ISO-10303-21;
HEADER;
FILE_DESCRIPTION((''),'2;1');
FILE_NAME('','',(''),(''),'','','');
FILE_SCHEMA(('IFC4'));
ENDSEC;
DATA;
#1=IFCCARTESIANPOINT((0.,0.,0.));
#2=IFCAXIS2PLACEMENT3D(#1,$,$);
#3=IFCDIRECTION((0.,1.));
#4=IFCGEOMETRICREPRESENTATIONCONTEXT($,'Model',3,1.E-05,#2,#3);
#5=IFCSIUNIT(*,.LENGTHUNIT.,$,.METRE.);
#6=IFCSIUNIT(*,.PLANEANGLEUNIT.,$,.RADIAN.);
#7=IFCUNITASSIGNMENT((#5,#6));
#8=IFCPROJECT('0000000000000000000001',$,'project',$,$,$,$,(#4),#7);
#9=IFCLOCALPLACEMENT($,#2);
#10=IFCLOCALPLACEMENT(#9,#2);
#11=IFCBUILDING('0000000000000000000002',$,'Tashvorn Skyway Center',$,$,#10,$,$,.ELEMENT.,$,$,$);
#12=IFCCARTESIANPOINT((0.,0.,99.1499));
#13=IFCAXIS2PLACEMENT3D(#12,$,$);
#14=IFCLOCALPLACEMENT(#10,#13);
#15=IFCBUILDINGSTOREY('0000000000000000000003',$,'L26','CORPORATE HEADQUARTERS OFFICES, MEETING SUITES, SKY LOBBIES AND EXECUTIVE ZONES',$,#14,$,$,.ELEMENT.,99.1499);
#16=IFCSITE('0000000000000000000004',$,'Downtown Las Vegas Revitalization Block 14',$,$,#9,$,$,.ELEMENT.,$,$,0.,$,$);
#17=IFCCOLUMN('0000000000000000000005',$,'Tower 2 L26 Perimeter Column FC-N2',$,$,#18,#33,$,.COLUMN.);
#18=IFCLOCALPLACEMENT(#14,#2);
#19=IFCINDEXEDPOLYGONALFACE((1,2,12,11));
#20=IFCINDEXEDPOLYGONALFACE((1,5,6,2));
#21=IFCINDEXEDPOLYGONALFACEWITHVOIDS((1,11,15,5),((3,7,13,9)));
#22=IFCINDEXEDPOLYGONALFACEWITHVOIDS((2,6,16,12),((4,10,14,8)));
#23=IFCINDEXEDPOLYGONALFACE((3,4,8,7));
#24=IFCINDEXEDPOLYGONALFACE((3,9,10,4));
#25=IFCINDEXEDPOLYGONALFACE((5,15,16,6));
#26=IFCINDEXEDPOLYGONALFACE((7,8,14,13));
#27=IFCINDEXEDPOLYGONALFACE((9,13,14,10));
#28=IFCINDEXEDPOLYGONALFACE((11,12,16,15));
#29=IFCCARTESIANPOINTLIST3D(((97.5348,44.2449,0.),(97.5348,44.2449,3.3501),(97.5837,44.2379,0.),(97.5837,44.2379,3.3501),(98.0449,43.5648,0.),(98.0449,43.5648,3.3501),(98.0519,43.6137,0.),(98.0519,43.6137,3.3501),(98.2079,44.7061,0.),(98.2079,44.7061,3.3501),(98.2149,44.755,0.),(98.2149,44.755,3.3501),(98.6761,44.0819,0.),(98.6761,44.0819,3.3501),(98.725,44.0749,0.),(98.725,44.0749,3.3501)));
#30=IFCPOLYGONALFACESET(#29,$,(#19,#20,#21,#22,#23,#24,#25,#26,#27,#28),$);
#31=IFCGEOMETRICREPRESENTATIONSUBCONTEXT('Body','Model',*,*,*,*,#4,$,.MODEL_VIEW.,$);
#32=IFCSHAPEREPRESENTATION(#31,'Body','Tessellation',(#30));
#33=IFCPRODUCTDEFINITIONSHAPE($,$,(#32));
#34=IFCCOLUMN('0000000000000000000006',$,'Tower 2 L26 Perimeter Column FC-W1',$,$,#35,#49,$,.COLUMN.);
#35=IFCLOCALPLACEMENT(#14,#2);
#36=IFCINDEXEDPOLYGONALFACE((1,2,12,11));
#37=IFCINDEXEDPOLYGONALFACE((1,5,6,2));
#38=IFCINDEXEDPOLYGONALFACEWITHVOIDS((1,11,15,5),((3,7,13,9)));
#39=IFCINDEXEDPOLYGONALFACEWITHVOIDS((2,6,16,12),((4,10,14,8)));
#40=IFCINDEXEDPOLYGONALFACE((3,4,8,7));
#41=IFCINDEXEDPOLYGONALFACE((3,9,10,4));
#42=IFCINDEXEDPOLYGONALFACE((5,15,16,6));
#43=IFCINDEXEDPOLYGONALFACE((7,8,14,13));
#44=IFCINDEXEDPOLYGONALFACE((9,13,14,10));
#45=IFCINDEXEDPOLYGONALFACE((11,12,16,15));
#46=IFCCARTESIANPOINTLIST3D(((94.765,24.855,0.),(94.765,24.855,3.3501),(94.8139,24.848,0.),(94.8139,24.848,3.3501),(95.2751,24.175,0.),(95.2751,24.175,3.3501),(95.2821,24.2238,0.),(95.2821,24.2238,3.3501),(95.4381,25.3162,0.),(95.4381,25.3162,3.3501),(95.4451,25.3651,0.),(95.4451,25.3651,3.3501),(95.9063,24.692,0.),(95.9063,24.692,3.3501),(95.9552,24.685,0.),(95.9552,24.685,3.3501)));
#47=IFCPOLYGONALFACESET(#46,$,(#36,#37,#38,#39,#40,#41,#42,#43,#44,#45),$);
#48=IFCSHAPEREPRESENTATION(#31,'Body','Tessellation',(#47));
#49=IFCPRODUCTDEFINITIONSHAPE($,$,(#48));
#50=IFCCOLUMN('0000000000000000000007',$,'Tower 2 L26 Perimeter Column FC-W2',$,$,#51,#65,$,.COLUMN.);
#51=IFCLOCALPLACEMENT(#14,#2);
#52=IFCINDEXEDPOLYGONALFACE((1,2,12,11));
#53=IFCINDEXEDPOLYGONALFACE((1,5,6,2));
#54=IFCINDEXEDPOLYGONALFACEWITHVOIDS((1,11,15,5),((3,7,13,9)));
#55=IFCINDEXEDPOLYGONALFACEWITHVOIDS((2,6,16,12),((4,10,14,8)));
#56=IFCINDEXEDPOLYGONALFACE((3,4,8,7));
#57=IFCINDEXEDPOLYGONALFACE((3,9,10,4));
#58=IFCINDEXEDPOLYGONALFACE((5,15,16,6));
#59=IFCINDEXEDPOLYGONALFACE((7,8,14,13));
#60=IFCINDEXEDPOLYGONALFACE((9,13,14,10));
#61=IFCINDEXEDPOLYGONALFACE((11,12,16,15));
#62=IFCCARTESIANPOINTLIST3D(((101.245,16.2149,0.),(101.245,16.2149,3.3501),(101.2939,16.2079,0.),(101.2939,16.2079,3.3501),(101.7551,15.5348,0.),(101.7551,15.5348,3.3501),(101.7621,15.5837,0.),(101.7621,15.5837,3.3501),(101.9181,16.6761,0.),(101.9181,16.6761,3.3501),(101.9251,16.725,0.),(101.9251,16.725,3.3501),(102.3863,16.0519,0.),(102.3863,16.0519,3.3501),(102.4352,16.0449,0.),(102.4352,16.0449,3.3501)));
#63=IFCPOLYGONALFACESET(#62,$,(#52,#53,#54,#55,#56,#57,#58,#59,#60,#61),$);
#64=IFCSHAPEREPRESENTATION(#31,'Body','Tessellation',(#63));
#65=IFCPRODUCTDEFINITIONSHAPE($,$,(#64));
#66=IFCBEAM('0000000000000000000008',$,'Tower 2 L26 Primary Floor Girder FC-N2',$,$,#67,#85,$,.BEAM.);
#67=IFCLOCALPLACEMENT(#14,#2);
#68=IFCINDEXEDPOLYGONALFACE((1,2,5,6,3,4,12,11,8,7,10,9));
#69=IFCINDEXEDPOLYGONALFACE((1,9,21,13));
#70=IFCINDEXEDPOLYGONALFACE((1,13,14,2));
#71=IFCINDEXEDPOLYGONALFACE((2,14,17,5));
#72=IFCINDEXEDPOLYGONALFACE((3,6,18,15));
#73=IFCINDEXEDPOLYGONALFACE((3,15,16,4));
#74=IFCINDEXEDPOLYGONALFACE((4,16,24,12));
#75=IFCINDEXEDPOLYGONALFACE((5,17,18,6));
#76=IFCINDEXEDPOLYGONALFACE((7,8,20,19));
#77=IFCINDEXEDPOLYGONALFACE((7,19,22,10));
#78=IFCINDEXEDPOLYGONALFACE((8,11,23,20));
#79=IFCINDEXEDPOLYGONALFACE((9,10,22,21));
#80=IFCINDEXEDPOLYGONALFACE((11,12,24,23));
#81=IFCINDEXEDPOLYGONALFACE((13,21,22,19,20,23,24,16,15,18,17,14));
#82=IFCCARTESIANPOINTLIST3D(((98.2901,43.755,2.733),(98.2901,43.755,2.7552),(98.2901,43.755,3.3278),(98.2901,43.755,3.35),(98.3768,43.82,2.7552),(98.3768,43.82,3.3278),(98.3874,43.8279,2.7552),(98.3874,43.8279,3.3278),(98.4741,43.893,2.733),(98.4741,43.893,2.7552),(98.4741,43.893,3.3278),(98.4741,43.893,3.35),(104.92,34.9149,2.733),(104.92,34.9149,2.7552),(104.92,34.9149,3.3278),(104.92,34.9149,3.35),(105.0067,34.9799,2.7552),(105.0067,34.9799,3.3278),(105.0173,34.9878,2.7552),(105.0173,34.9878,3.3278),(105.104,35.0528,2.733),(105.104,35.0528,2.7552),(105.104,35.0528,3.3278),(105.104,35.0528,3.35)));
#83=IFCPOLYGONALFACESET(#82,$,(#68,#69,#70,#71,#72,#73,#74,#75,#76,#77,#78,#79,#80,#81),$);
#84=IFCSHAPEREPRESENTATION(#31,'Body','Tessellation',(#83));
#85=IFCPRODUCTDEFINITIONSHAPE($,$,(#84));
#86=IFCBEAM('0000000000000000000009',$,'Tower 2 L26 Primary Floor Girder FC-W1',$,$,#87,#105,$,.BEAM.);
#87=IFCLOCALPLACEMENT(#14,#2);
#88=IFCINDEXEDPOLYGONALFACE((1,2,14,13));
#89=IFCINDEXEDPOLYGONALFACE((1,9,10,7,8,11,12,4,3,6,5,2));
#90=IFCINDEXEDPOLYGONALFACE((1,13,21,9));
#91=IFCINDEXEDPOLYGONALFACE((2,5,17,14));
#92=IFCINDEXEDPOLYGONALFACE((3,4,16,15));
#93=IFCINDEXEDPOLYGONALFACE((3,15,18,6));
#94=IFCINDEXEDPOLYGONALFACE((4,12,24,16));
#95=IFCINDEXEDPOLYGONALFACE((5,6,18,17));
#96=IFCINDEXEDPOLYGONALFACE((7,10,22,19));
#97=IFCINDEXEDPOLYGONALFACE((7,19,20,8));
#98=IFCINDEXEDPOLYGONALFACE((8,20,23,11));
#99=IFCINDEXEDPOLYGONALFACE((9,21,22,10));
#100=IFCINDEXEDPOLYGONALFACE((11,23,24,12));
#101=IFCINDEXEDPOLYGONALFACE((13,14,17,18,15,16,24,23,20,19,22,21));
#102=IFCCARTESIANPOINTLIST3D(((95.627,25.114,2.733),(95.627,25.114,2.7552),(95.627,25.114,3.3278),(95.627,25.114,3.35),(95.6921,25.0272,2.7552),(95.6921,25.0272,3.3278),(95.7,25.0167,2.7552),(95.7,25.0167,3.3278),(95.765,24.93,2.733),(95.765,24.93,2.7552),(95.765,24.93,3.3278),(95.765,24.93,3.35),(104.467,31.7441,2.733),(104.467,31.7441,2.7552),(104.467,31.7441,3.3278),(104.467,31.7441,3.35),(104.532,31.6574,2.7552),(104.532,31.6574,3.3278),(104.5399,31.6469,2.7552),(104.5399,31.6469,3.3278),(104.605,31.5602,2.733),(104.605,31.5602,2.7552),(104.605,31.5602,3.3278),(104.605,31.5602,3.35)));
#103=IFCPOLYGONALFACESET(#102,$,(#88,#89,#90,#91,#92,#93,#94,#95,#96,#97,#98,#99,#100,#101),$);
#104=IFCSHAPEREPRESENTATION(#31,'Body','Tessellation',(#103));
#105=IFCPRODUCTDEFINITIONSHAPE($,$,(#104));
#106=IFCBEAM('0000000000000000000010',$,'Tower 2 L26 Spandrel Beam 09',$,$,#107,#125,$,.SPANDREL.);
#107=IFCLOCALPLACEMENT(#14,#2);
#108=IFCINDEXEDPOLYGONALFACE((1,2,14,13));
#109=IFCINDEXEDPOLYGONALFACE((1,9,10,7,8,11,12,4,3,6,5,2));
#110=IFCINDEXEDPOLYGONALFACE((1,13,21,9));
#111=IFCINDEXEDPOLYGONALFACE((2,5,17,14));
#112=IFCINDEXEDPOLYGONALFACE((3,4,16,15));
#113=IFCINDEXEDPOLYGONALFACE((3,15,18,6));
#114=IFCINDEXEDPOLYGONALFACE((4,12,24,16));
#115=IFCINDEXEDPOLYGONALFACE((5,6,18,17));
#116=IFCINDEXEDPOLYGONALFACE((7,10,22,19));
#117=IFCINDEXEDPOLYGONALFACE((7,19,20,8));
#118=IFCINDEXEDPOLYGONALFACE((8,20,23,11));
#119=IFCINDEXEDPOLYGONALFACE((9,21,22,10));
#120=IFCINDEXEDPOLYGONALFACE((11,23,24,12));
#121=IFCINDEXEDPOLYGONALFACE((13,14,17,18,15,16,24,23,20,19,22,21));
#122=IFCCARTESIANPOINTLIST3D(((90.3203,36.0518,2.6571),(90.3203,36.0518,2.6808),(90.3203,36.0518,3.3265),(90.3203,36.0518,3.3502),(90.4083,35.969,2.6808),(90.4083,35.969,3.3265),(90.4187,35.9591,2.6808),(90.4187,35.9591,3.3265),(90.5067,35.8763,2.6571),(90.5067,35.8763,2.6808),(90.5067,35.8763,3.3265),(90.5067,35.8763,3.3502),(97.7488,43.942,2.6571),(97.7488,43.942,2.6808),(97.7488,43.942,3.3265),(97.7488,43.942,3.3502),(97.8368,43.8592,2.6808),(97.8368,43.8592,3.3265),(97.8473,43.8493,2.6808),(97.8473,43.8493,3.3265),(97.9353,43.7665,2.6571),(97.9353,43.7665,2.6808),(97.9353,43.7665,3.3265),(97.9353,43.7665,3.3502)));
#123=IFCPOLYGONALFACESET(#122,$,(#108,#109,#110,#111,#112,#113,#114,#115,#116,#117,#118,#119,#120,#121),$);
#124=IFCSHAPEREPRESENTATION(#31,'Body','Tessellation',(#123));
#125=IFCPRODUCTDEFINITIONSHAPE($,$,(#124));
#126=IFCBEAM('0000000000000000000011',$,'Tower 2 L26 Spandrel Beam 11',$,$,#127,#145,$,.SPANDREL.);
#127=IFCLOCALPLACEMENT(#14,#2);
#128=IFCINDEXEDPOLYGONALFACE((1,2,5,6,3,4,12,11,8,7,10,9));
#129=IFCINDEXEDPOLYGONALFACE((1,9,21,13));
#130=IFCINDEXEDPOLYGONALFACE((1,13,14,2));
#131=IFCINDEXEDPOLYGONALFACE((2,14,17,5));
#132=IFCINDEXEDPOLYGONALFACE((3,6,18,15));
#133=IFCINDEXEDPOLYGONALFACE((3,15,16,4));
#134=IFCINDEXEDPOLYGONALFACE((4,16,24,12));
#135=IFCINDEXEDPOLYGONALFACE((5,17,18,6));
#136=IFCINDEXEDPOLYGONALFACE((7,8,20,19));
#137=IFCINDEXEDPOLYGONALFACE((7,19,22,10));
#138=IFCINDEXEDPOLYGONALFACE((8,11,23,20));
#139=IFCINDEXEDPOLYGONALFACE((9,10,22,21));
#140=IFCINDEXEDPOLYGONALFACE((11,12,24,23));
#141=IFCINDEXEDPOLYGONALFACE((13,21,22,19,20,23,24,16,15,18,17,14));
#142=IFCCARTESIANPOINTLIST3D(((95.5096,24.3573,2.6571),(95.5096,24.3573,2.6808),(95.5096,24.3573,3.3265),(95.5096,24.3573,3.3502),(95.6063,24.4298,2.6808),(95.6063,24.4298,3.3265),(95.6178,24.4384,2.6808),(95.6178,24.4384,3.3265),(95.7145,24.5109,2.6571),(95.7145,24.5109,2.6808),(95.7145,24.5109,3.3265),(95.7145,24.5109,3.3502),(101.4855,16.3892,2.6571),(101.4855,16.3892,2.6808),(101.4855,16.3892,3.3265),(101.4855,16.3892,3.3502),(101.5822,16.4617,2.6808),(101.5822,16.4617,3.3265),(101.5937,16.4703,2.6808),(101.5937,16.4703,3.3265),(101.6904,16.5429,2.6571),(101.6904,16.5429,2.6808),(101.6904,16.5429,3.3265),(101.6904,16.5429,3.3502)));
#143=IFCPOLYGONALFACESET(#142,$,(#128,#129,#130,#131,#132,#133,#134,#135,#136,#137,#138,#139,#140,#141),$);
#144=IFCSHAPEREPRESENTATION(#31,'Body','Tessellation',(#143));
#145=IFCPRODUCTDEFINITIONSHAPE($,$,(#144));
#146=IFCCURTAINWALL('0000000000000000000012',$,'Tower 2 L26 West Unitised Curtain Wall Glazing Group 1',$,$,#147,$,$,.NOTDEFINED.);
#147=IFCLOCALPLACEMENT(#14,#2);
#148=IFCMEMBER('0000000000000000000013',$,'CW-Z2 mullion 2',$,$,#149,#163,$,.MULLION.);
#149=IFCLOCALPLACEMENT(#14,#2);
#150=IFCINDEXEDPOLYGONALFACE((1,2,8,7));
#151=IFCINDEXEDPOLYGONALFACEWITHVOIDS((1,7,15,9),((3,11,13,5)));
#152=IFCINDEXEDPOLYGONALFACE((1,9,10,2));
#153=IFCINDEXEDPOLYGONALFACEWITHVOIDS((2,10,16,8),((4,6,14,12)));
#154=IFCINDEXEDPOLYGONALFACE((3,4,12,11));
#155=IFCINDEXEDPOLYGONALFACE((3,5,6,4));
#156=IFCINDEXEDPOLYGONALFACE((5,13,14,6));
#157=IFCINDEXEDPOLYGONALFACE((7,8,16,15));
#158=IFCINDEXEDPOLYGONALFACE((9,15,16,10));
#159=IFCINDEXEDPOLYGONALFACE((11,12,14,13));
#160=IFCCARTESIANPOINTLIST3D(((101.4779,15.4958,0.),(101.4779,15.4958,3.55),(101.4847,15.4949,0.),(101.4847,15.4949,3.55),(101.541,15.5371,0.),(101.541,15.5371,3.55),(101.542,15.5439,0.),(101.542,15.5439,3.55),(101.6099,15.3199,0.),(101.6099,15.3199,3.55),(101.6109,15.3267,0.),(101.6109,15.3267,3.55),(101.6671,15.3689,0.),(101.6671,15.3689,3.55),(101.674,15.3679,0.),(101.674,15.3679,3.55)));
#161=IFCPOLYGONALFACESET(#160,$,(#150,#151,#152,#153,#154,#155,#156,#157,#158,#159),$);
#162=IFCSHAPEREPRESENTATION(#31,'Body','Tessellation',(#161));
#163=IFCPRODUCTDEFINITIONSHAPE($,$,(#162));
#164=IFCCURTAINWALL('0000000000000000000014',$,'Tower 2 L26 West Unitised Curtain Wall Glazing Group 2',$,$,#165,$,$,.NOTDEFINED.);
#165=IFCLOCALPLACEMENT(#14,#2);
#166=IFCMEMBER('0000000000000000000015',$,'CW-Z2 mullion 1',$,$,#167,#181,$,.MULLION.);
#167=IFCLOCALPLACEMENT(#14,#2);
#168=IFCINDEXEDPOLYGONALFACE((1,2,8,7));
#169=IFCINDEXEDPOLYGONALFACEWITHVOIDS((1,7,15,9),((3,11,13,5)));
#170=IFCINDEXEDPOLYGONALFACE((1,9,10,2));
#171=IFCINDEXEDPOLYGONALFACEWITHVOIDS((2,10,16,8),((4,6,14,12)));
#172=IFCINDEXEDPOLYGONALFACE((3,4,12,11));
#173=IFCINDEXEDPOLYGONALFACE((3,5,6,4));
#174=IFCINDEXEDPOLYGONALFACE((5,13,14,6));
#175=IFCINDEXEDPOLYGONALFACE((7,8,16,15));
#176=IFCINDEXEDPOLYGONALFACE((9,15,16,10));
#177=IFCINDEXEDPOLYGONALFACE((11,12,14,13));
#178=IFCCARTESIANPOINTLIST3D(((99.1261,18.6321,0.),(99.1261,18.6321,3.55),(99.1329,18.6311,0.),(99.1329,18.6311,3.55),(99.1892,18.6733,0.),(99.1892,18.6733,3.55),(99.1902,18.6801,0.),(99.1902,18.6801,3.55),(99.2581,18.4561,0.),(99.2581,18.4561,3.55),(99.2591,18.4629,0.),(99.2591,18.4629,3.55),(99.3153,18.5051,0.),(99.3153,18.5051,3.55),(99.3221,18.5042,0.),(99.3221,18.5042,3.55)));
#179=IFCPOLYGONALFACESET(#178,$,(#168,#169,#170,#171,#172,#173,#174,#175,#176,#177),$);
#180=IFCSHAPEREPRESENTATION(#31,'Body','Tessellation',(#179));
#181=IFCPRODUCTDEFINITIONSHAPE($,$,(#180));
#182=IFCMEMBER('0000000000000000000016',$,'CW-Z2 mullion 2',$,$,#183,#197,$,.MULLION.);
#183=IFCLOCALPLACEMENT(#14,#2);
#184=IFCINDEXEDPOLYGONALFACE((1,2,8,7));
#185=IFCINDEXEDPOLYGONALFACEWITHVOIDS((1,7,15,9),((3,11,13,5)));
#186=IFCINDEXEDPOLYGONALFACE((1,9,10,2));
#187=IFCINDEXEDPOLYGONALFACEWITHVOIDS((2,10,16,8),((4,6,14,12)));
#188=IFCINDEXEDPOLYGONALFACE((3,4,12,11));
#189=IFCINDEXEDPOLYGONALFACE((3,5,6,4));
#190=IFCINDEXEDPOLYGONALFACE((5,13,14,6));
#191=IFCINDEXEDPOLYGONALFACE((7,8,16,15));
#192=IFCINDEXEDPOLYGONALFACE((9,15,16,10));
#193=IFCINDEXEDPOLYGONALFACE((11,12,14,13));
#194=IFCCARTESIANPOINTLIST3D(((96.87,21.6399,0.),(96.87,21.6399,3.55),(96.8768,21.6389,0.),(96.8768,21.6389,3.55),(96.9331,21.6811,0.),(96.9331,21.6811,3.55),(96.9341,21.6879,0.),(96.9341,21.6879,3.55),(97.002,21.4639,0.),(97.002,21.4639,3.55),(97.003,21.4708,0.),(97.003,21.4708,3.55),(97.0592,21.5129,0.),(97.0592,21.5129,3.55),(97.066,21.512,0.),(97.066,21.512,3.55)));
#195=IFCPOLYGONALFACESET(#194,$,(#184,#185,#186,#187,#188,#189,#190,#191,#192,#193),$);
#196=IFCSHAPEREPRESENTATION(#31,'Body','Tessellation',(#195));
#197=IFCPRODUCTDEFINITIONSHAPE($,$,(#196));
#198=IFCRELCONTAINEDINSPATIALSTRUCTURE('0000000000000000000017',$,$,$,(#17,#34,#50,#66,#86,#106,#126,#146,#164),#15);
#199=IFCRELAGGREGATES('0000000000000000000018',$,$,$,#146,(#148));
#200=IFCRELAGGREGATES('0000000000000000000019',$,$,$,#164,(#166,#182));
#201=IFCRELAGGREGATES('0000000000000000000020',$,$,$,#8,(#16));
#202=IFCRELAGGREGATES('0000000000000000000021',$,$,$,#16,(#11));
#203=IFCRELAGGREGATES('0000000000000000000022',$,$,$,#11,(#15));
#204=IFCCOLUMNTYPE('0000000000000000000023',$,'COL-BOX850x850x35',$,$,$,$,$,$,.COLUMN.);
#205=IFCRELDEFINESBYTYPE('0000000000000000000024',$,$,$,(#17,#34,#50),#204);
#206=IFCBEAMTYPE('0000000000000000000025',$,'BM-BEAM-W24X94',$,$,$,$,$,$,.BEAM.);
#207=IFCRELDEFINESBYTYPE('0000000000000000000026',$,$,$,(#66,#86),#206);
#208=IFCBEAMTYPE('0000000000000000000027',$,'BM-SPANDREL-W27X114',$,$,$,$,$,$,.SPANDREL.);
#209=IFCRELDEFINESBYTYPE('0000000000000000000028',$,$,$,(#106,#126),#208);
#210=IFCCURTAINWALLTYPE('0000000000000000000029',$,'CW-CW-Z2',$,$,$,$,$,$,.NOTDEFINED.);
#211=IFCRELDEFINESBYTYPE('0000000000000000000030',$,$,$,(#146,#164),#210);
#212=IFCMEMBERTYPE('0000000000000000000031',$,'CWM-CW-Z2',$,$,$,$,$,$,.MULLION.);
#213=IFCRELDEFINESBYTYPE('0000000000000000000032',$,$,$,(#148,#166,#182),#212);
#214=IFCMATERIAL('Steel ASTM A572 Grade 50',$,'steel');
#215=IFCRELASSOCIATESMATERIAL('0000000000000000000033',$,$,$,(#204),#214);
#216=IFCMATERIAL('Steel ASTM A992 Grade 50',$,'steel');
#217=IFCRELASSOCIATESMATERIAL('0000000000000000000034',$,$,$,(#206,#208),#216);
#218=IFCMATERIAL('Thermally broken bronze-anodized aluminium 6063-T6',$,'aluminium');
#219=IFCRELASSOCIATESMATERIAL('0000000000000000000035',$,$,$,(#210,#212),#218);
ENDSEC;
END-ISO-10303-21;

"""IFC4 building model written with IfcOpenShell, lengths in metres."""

from ifc_helpers import new_model, si_unit, direction, frame, origin, origin_2d, place, context, subcontext, project, spatial, hollow_rectangle, i_section, extrude, material, material_profile, profile_set, type_object, element, aggregate, save


model = new_model("IFC4")

# Units and contexts
model_context = context("Model", 3, precision=1e-05, world=origin(), true_north=direction((0.0, 1.0)))
body_context = subcontext(model_context, "Body", "Model", "MODEL_VIEW")
ifc_project = project(units=[si_unit("LENGTHUNIT", "METRE"), si_unit("PLANEANGLEUNIT", "RADIAN")], contexts=[model_context])

# Site, building, storey
site_placement = place(None, origin())
site = spatial("IfcSite", under=ifc_project, at=site_placement, Name="Downtown Las Vegas Revitalization Block 14", CompositionType="ELEMENT", RefElevation=0.0)
building_placement = place(site_placement, origin())
building = spatial("IfcBuilding", under=site, at=building_placement, Name="Tashvorn Skyway Center", CompositionType="ELEMENT")
storey_placement = place(building_placement, frame((0.0, 0.0, 99.1499)))
storey = spatial("IfcBuildingStorey", under=building, at=storey_placement, Name="L26", Description="CORPORATE HEADQUARTERS OFFICES, MEETING SUITES, SKY LOBBIES AND EXECUTIVE ZONES", CompositionType="ELEMENT", Elevation=99.1499)

# Columns
ifc_material_1 = material(Name="Steel ASTM A572 Grade 50", Category="steel")
ifc_material_profile_1 = material_profile(ifc_material_1, hollow_rectangle(XDim=0.8501, YDim=0.8501, WallThickness=0.0349, at=origin_2d()), Name="BOX850x850x35")
ifc_profile_set_1 = profile_set([ifc_material_profile_1], Name="Steel ASTM A572 Grade 50")
column_type = type_object("IfcColumnType", Name="COL-BOX850x850x35", PredefinedType="COLUMN", material=ifc_profile_set_1)
for number, where, z_axis, x_axis, name in (
    (1, (98.1299, 44.1599, 0.0), (0.0, 0.0, 1.0), (0.8, 0.6, 0.0), "Tower 2 L26 Perimeter Column FC-N2"),
    (2, (95.3601, 24.77, 0.0), (0.0, 0.0, 1.0), (0.8, 0.6, 0.0), "Tower 2 L26 Perimeter Column FC-W1"),
    (3, (101.8401, 16.1299, 0.0), (0.0, 0.0, 1.0), (0.8, 0.6, 0.0), "Tower 2 L26 Perimeter Column FC-W2"),
):
    element("IfcColumn", number, at=place(storey_placement, frame(where, z_axis=z_axis, x_axis=x_axis)), inside=storey, type_object=column_type, Name=name, PredefinedType="COLUMN", context=body_context, shape_type="SweptSolid", body=[
        extrude(hollow_rectangle(XDim=0.8501, YDim=0.8501, WallThickness=0.0349, at=origin_2d()), origin(), (0.0, 0.0, 1.0), 3.3501),
    ])

# Beams
ifc_material_2 = material(Name="Steel ASTM A992 Grade 50", Category="steel")
ifc_material_profile_2 = material_profile(ifc_material_2, i_section(OverallWidth=0.23, OverallDepth=0.6169, WebThickness=0.0132, FlangeThickness=0.0222, at=origin_2d()), Name="W24X94")
ifc_profile_set_2 = profile_set([ifc_material_profile_2], Name="Steel ASTM A992 Grade 50")
beam_type_1 = type_object("IfcBeamType", Name="BM-BEAM-W24X94", PredefinedType="BEAM", material=ifc_profile_set_2)
for number, where, z_axis, x_axis, name in (
    (4, (98.3821, 43.824, 3.0415), (0.599989, -0.800008, 0.0), (0.800008, 0.599989, 0.0), "Tower 2 L26 Primary Floor Girder FC-N2"),
    (5, (95.696, 25.022, 3.0415), (0.799989, 0.600014, 0.0), (-0.600014, 0.799989, 0.0), "Tower 2 L26 Primary Floor Girder FC-W1"),
):
    element("IfcBeam", number, at=place(storey_placement, frame(where, z_axis=z_axis, x_axis=x_axis)), inside=storey, type_object=beam_type_1, Name=name, PredefinedType="BEAM", context=body_context, shape_type="SweptSolid", body=[
        extrude(i_section(OverallWidth=0.23, OverallDepth=0.6169, WebThickness=0.0132, FlangeThickness=0.0222, at=origin_2d()), origin(), (0.0, 0.0, 1.0), 11.05),
    ])
ifc_material_profile_3 = material_profile(ifc_material_2, i_section(OverallWidth=0.2561, OverallDepth=0.6931, WebThickness=0.0144, FlangeThickness=0.0237, at=origin_2d()), Name="W27X114")
ifc_profile_set_3 = profile_set([ifc_material_profile_3], Name="Steel ASTM A992 Grade 50")
beam_type_2 = type_object("IfcBeamType", Name="BM-SPANDREL-W27X114", PredefinedType="SPANDREL", material=ifc_profile_set_3)
beam_1_placement = place(storey_placement, frame((97.842, 43.8542, 3.0037), z_axis=(-0.685485, -0.728087, 0.0), x_axis=(0.728087, -0.685485, 0.0)))
element("IfcBeam", 6, at=beam_1_placement, inside=storey, type_object=beam_type_2, Name="Tower 2 L26 Spandrel Beam 09", PredefinedType="SPANDREL", context=body_context, shape_type="SweptSolid", body=[
    extrude(i_section(OverallWidth=0.2561, OverallDepth=0.6931, WebThickness=0.0144, FlangeThickness=0.0237, at=origin_2d()), origin(), (0.0, 0.0, 1.0), 10.8369),
])
beam_2_placement = place(storey_placement, frame((95.6121, 24.4341, 3.0037), z_axis=(0.599988, -0.800009, 0.0), x_axis=(0.800009, 0.599988, 0.0)))
element("IfcBeam", 7, at=beam_2_placement, inside=storey, type_object=beam_type_2, Name="Tower 2 L26 Spandrel Beam 11", PredefinedType="SPANDREL", context=body_context, shape_type="SweptSolid", body=[
    extrude(i_section(OverallWidth=0.2561, OverallDepth=0.6931, WebThickness=0.0144, FlangeThickness=0.0237, at=origin_2d()), origin(), (0.0, 0.0, 1.0), 9.96),
])

# Curtain wall, member
ifc_material_3 = material(Name="Thermally broken bronze-anodized aluminium 6063-T6", Category="aluminium")
curtain_wall_type = type_object("IfcCurtainWallType", Name="CW-CW-Z2", PredefinedType="NOTDEFINED", material=ifc_material_3)
curtain_wall_1_placement = place(storey_placement, origin())
curtain_wall_1 = element("IfcCurtainWall", 8, at=curtain_wall_1_placement, inside=storey, type_object=curtain_wall_type, Name="Tower 2 L26 West Unitised Curtain Wall Glazing Group 1", PredefinedType="NOTDEFINED")
ifc_material_profile_4 = material_profile(ifc_material_3, hollow_rectangle(XDim=0.0801, YDim=0.22, WallThickness=0.0049, at=origin_2d()), Name="ALU-MULL-80x220")
ifc_profile_set_4 = profile_set([ifc_material_profile_4], Name="Thermally broken bronze-anodized aluminium 6063-T6")
member_type_1 = type_object("IfcMemberType", Name="CWM-CW-Z2", PredefinedType="MULLION", material=ifc_profile_set_4)
member_1_placement = place(storey_placement, frame((101.5759, 15.4319, 0.0), z_axis=(0.0, 0.0, 1.0), x_axis=(-0.8, -0.6, 0.0)))
member_1 = element("IfcMember", 9, at=member_1_placement, type_object=member_type_1, Name="CW-Z2 mullion 2", PredefinedType="MULLION", context=body_context, shape_type="SweptSolid", body=[
    extrude(hollow_rectangle(XDim=0.0801, YDim=0.22, WallThickness=0.0049, at=origin_2d()), origin(), (0.0, 0.0, 1.0), 3.55),
])
aggregate(curtain_wall_1, [member_1])

# Curtain wall, members
curtain_wall_2_placement = place(storey_placement, origin())
curtain_wall_2 = element("IfcCurtainWall", 10, at=curtain_wall_2_placement, inside=storey, type_object=curtain_wall_type, Name="Tower 2 L26 West Unitised Curtain Wall Glazing Group 2", PredefinedType="NOTDEFINED")
member_2_placement = place(storey_placement, frame((99.2241, 18.5681, 0.0), z_axis=(0.0, 0.0, 1.0), x_axis=(-0.8, -0.6, 0.0)))
member_2 = element("IfcMember", 11, at=member_2_placement, type_object=member_type_1, Name="CW-Z2 mullion 1", PredefinedType="MULLION", context=body_context, shape_type="SweptSolid", body=[
    extrude(hollow_rectangle(XDim=0.0801, YDim=0.22, WallThickness=0.0049, at=origin_2d()), origin(), (0.0, 0.0, 1.0), 3.55),
])
member_3_placement = place(storey_placement, frame((96.968, 21.5759, 0.0), z_axis=(0.0, 0.0, 1.0), x_axis=(-0.8, -0.6, 0.0)))
member_3 = element("IfcMember", 12, at=member_3_placement, type_object=member_type_1, Name="CW-Z2 mullion 2", PredefinedType="MULLION", context=body_context, shape_type="SweptSolid", body=[
    extrude(hollow_rectangle(XDim=0.0801, YDim=0.22, WallThickness=0.0049, at=origin_2d()), origin(), (0.0, 0.0, 1.0), 3.55),
])

aggregate(curtain_wall_2, [member_2, member_3])

save(model, "model.ifc")
